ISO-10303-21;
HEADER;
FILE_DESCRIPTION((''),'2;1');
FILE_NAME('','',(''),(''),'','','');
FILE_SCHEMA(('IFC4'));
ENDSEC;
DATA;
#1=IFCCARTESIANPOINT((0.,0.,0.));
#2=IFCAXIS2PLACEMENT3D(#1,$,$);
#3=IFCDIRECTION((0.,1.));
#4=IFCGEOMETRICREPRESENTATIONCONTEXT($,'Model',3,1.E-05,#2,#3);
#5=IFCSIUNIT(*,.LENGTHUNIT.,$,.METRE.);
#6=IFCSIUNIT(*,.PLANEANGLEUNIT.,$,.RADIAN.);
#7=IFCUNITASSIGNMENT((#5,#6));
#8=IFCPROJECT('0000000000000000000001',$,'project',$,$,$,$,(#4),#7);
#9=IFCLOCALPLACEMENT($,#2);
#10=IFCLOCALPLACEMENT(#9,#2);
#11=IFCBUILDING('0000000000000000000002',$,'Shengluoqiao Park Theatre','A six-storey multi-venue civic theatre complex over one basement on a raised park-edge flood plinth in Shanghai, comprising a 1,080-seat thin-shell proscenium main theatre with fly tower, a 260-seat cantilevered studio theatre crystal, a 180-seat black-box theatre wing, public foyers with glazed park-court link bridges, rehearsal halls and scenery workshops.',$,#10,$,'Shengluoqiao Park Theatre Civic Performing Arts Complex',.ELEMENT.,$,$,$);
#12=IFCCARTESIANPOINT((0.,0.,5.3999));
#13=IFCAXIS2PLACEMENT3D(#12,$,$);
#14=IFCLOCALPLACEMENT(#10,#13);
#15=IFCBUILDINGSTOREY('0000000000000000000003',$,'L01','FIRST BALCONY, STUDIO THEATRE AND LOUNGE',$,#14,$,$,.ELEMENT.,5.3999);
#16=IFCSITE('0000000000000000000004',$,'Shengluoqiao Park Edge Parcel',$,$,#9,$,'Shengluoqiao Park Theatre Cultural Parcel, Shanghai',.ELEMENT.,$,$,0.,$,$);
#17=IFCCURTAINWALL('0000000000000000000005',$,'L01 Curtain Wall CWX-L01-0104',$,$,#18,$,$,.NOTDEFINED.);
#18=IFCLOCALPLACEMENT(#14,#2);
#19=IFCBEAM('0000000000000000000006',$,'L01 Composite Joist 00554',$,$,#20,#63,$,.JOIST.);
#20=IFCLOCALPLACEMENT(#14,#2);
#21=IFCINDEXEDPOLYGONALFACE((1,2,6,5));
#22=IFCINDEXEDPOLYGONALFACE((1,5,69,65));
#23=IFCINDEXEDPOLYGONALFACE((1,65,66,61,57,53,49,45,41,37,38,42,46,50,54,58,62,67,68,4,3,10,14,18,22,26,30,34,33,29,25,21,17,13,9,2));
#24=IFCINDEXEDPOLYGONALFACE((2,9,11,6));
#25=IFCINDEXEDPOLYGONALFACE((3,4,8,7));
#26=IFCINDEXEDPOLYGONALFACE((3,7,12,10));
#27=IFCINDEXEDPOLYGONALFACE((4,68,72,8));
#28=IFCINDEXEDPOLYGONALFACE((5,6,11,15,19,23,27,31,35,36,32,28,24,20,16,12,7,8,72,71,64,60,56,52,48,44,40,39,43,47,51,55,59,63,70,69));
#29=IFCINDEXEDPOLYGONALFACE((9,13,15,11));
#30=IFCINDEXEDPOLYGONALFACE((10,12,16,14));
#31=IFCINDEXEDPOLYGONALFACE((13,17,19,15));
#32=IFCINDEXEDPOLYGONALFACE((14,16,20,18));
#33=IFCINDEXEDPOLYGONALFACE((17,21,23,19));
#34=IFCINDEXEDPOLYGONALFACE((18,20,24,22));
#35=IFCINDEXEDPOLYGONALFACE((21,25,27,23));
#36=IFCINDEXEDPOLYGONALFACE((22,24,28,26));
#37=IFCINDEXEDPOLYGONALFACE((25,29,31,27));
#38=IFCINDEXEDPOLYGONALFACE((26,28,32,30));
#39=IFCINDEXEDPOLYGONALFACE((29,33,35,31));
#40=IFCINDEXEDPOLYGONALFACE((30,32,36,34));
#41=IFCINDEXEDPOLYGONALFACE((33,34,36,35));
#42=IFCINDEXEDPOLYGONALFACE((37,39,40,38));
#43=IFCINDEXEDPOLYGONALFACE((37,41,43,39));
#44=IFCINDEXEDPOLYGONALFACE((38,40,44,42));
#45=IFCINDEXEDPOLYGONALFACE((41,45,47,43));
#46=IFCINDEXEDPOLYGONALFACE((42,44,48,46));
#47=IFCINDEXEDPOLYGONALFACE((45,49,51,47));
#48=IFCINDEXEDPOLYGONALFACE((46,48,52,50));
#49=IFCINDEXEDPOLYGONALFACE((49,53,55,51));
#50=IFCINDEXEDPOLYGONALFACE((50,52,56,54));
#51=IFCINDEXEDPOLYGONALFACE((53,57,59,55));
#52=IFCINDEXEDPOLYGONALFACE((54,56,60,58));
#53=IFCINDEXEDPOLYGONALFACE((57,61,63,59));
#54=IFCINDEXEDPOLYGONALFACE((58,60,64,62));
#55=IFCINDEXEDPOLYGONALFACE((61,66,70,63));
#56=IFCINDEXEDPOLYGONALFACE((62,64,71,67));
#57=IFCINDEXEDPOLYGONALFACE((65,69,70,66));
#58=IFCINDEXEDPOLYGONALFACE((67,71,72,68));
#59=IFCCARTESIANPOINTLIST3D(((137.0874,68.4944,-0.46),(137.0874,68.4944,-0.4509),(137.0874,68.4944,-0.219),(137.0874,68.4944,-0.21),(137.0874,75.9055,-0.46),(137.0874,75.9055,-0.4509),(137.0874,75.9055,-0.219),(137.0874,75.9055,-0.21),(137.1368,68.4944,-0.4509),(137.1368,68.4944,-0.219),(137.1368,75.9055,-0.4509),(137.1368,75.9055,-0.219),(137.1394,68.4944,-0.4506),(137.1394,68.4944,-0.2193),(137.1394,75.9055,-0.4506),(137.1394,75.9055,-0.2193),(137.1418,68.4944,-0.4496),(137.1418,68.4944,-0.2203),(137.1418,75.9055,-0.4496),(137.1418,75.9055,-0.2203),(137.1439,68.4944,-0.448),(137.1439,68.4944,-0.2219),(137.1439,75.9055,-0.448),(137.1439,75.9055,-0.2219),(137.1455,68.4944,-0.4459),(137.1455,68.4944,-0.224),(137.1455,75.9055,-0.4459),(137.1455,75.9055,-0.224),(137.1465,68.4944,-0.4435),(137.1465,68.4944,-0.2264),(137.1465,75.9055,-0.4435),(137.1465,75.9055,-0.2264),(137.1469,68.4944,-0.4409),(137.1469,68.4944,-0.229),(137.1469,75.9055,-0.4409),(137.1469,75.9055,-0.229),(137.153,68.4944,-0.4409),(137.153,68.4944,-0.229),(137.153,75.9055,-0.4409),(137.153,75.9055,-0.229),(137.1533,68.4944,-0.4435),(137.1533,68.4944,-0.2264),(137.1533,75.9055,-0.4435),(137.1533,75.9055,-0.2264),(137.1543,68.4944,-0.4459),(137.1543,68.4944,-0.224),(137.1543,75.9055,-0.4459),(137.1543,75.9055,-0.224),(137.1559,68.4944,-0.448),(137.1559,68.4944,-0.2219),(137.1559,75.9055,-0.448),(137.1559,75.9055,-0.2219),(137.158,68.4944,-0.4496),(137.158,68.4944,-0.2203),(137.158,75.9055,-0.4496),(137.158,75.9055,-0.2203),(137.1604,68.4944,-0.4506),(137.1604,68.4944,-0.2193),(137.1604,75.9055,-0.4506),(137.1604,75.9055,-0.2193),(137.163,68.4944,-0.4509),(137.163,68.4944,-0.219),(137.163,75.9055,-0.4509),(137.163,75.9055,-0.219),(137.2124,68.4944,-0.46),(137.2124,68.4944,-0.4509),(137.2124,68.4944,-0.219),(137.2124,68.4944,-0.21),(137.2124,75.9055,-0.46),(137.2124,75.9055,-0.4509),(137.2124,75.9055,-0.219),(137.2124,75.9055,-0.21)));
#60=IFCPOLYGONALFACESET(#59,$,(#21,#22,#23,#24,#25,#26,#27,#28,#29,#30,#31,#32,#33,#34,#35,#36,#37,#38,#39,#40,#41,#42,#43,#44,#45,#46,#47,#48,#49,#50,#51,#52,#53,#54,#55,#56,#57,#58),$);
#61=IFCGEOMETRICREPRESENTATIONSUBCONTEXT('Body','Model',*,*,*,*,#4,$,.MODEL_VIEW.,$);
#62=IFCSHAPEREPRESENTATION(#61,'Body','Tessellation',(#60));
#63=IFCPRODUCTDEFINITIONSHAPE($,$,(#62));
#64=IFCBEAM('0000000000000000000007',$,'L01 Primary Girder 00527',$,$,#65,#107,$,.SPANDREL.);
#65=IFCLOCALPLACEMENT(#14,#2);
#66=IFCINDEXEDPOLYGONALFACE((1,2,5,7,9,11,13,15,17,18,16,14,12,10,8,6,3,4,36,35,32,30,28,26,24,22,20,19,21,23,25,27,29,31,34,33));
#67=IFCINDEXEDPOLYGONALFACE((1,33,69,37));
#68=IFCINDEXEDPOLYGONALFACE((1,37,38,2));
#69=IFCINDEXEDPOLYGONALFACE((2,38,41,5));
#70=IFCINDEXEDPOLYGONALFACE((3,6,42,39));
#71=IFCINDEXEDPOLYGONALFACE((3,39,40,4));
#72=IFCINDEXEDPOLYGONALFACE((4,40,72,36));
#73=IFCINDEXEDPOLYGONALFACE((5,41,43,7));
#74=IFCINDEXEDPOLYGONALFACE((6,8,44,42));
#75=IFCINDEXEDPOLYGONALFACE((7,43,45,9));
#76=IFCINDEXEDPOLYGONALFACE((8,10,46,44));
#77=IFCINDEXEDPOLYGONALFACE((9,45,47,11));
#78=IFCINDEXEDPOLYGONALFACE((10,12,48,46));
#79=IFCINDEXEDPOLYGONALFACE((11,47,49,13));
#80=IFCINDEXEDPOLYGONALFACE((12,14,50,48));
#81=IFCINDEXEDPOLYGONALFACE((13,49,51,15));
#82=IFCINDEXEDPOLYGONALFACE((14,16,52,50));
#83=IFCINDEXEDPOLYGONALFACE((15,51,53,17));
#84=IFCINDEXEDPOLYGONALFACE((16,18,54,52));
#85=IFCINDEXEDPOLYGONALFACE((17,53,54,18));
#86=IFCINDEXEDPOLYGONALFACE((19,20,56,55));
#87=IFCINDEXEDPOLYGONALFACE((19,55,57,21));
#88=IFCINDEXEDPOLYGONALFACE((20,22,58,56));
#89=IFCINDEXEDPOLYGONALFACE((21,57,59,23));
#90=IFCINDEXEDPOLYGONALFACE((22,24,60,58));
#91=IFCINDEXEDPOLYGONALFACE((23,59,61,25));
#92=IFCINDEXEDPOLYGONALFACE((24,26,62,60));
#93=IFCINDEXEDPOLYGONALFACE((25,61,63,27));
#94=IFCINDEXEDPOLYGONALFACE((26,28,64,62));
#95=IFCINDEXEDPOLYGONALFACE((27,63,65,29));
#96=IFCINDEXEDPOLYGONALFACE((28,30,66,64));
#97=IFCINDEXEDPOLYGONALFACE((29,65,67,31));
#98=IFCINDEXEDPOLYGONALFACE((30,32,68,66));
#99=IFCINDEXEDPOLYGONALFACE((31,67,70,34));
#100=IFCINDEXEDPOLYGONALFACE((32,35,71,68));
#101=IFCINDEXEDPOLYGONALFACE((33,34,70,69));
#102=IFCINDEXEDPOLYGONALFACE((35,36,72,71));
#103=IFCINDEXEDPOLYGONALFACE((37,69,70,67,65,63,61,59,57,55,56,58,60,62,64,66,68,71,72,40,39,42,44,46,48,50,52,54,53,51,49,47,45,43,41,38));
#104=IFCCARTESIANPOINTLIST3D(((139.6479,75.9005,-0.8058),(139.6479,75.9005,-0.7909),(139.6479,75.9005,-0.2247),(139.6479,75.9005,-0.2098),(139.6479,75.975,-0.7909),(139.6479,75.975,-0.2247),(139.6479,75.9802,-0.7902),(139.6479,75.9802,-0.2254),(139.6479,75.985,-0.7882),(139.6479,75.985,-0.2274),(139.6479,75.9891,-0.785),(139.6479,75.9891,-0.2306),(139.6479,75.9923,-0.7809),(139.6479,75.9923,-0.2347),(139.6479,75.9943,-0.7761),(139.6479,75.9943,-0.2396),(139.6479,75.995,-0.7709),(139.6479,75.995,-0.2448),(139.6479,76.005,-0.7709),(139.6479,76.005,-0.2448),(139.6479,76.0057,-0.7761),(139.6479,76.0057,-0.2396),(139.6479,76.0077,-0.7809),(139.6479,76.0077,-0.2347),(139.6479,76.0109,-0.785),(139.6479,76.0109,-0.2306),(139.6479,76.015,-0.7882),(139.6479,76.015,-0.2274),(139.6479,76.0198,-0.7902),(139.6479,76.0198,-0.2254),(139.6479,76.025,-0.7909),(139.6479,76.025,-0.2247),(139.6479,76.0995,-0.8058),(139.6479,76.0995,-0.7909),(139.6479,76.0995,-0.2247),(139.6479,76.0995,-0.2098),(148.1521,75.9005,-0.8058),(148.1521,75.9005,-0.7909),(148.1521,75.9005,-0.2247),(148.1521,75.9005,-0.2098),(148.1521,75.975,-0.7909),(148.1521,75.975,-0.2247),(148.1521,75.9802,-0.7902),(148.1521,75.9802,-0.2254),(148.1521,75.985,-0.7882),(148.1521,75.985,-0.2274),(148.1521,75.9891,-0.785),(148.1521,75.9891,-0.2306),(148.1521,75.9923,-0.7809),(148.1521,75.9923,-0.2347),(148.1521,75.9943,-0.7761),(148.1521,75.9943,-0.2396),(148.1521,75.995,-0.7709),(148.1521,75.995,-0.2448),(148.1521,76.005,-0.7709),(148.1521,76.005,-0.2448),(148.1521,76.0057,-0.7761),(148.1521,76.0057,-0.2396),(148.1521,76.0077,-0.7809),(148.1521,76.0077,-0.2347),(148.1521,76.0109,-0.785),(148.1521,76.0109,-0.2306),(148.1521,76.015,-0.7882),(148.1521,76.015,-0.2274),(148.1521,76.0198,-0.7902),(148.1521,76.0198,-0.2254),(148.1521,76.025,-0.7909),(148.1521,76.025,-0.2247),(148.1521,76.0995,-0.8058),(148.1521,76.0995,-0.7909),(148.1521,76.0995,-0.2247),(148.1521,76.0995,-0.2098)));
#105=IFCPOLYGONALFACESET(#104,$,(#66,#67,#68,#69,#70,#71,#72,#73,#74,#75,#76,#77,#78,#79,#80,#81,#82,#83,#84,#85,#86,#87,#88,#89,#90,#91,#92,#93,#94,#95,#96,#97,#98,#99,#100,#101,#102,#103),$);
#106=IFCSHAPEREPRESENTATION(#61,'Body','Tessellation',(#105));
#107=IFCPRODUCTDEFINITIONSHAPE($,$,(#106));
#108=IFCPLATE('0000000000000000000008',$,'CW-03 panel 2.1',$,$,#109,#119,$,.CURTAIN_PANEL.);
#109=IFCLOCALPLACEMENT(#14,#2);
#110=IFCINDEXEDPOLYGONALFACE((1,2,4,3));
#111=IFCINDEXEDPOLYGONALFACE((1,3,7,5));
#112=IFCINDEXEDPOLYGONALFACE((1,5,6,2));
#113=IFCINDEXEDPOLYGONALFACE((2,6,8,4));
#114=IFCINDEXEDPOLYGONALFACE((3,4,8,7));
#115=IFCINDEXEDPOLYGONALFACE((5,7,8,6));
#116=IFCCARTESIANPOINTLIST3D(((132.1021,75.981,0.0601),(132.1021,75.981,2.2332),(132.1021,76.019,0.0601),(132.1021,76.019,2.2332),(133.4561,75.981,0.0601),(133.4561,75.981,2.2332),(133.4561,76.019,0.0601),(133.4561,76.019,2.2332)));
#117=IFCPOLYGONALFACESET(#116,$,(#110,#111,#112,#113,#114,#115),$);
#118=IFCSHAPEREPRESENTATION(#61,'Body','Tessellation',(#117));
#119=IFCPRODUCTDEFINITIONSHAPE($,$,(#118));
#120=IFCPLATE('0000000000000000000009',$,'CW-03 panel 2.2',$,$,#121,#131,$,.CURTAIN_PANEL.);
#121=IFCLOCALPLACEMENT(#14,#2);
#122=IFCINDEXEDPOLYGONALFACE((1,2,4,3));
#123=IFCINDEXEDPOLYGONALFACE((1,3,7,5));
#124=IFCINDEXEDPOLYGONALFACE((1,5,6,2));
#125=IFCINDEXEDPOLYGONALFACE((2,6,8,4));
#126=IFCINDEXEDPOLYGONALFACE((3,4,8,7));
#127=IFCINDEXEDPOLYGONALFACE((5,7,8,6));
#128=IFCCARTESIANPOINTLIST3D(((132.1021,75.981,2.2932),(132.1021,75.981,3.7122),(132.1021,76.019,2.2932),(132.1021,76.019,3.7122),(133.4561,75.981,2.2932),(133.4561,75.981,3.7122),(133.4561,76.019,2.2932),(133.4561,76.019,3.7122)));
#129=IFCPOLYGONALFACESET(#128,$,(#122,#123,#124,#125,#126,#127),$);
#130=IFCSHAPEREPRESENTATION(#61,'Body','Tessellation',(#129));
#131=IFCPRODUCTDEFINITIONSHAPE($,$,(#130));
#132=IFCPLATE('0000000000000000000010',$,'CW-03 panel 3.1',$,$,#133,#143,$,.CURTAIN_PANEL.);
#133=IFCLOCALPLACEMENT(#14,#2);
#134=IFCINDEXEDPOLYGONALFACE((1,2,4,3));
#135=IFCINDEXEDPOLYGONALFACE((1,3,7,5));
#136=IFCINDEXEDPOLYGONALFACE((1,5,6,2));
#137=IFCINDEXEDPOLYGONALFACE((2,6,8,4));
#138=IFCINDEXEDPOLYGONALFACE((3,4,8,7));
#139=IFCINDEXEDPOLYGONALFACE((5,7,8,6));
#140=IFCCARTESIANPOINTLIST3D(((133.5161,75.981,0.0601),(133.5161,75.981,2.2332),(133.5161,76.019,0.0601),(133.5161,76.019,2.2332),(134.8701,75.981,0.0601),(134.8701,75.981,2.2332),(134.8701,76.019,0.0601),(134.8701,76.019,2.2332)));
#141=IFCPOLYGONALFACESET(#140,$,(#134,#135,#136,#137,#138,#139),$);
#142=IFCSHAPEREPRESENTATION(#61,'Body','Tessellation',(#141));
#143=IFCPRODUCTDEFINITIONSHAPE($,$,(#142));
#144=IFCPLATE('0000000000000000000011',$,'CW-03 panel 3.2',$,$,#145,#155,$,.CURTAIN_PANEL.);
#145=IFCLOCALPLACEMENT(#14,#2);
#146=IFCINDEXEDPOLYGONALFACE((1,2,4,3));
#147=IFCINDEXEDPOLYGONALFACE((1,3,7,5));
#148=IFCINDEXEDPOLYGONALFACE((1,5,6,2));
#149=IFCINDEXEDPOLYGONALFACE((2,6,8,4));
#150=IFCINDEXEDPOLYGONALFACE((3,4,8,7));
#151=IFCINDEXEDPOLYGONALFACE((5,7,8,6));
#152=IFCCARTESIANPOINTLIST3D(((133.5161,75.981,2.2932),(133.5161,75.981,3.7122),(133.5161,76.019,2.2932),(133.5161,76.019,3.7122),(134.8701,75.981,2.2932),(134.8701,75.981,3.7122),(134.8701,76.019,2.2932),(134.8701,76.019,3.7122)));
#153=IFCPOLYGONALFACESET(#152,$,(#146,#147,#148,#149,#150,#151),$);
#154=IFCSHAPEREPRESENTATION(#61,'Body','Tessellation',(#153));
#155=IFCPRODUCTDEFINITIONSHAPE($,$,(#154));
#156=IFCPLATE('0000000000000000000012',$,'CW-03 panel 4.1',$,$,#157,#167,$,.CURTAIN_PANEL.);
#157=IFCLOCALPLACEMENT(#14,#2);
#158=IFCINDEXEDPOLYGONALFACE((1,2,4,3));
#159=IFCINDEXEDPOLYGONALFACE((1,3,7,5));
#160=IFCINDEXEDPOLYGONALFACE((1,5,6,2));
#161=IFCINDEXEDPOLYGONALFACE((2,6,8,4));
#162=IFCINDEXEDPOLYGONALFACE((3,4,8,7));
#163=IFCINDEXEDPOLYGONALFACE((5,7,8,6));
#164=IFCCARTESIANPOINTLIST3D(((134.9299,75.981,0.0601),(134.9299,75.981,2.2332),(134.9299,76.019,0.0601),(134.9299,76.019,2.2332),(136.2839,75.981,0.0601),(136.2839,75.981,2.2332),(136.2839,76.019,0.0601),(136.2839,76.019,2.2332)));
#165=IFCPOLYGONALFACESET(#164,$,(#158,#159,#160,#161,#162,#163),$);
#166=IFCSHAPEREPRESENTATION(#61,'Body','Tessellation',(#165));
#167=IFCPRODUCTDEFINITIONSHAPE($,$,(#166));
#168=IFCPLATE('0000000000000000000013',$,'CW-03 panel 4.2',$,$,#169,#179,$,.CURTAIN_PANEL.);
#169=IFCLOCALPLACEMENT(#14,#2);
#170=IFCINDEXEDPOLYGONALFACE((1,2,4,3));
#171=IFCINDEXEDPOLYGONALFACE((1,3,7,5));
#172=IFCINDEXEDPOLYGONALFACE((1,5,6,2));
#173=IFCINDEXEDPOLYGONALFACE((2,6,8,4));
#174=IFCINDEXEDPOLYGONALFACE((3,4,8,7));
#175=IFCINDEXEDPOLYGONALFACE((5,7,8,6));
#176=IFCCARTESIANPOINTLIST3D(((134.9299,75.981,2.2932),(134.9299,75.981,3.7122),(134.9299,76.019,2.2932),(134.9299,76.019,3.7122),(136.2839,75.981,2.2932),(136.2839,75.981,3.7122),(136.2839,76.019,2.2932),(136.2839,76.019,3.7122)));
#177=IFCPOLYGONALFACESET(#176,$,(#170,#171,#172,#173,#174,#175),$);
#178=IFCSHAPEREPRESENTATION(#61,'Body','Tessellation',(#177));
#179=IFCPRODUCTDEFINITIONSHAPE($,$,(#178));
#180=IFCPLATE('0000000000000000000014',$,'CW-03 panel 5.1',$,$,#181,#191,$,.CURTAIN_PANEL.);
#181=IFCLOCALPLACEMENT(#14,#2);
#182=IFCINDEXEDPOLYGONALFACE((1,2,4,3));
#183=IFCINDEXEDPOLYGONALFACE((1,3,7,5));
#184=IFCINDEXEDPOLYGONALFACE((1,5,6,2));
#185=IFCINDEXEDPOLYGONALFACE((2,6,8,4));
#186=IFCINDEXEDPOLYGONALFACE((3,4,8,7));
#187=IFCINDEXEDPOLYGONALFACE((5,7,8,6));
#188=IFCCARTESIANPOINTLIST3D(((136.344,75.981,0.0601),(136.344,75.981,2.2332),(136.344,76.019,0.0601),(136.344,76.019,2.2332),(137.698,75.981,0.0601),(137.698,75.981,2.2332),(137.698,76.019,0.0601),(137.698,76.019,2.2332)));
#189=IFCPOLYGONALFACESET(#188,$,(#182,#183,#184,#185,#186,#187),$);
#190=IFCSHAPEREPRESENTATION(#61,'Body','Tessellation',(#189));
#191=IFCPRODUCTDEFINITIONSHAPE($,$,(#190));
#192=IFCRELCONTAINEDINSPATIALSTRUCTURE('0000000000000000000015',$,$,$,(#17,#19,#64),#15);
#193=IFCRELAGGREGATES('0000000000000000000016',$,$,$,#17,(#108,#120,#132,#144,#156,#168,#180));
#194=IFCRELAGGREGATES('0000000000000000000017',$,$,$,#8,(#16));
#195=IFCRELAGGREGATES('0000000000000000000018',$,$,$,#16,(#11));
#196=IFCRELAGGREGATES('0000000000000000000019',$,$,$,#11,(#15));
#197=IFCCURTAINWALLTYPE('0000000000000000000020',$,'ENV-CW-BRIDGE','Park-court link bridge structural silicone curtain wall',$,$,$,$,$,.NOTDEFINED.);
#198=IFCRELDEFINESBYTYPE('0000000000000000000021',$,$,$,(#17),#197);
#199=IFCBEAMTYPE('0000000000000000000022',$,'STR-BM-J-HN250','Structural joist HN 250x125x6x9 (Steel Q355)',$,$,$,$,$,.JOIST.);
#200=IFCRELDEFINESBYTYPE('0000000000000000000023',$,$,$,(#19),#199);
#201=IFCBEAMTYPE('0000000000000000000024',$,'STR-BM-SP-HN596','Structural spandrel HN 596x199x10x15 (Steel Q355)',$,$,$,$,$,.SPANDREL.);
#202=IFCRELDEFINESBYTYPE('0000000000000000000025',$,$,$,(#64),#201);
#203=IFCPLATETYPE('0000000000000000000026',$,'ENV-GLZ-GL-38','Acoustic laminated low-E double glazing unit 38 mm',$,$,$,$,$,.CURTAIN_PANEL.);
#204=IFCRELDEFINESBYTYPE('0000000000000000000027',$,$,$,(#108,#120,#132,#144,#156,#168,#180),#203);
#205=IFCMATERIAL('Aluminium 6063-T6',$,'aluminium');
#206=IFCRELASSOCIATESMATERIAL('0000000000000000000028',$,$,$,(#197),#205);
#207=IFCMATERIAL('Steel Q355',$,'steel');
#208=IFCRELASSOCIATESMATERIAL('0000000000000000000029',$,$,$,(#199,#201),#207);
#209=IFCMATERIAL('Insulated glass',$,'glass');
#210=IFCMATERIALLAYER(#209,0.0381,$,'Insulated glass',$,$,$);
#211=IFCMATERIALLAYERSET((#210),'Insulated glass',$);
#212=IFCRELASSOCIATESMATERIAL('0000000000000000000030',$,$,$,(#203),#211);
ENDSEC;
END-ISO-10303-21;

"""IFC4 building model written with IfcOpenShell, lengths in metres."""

from ifc_helpers import new_model, si_unit, direction, frame, origin, origin_2d, place, context, subcontext, project, spatial, rectangle, i_section, extrude, material, layer, layer_set, material_profile, profile_set, type_object, element, aggregate, save


model = new_model("IFC4")

# Units and contexts
model_context = context("Model", 3, precision=1e-05, world=origin(), true_north=direction((0.0, 1.0)))
body_context = subcontext(model_context, "Body", "Model", "MODEL_VIEW")
ifc_project = project(units=[si_unit("LENGTHUNIT", "METRE"), si_unit("PLANEANGLEUNIT", "RADIAN")], contexts=[model_context])

# Site, building, storey
site_placement = place(None, origin())
site = spatial("IfcSite", under=ifc_project, at=site_placement, Name="Shengluoqiao Park Edge Parcel", LongName="Shengluoqiao Park Theatre Cultural Parcel, Shanghai", CompositionType="ELEMENT", RefElevation=0.0)
building_placement = place(site_placement, origin())
building = spatial("IfcBuilding", under=site, at=building_placement, Name="Shengluoqiao Park Theatre", Description="A six-storey multi-venue civic theatre complex over one basement on a raised park-edge flood plinth in Shanghai, comprising a 1,080-seat thin-shell proscenium main theatre with fly tower, a 260-seat cantilevered studio theatre crystal, a 180-seat black-box theatre wing, public foyers with glazed park-court link bridges, rehearsal halls and scenery workshops.", LongName="Shengluoqiao Park Theatre Civic Performing Arts Complex", CompositionType="ELEMENT")
storey_placement = place(building_placement, frame((0.0, 0.0, 5.3999)))
storey = spatial("IfcBuildingStorey", under=building, at=storey_placement, Name="L01", Description="FIRST BALCONY, STUDIO THEATRE AND LOUNGE", CompositionType="ELEMENT", Elevation=5.3999)

# Curtain wall
ifc_material_1 = material(Name="Aluminium 6063-T6", Category="aluminium")
curtain_wall_type = type_object("IfcCurtainWallType", Name="ENV-CW-BRIDGE", Description="Park-court link bridge structural silicone curtain wall", PredefinedType="NOTDEFINED", material=ifc_material_1)
curtain_wall_placement = place(storey_placement, origin())
curtain_wall = element("IfcCurtainWall", 1, at=curtain_wall_placement, inside=storey, type_object=curtain_wall_type, Name="L01 Curtain Wall CWX-L01-0104", PredefinedType="NOTDEFINED")

# Beams
ifc_material_2 = material(Name="Steel Q355", Category="steel")
ifc_material_profile_1 = material_profile(ifc_material_2, i_section(OverallWidth=0.125, OverallDepth=0.25, WebThickness=0.0061, FlangeThickness=0.009, FilletRadius=0.01, at=origin_2d()), Name="HN 250x125x6x9")
ifc_profile_set_1 = profile_set([ifc_material_profile_1], Name="Steel Q355")
beam_type_1 = type_object("IfcBeamType", Name="STR-BM-J-HN250", Description="Structural joist HN 250x125x6x9 (Steel Q355)", PredefinedType="JOIST", material=ifc_profile_set_1)
beam_1_placement = place(storey_placement, frame((137.1499, 68.4944, -0.335), z_axis=(0.0, 1.0, 0.0), x_axis=(-1.0, 0.0, 0.0)))
element("IfcBeam", 2, at=beam_1_placement, inside=storey, type_object=beam_type_1, Name="L01 Composite Joist 00554", PredefinedType="JOIST", context=body_context, shape_type="SweptSolid", body=[
    extrude(i_section(OverallWidth=0.125, OverallDepth=0.25, WebThickness=0.0061, FlangeThickness=0.009, FilletRadius=0.01, at=origin_2d()), origin(), (0.0, 0.0, 1.0), 7.4111),
])
ifc_material_profile_2 = material_profile(ifc_material_2, i_section(OverallWidth=0.199, OverallDepth=0.5959, WebThickness=0.01, FlangeThickness=0.0149, FilletRadius=0.02, at=origin_2d()), Name="HN 596x199x10x15")
ifc_profile_set_2 = profile_set([ifc_material_profile_2], Name="Steel Q355")
beam_type_2 = type_object("IfcBeamType", Name="STR-BM-SP-HN596", Description="Structural spandrel HN 596x199x10x15 (Steel Q355)", PredefinedType="SPANDREL", material=ifc_profile_set_2)
beam_2_placement = place(storey_placement, frame((139.6479, 76.0, -0.5078), z_axis=(1.0, 0.0, 0.0), x_axis=(0.0, 1.0, 0.0)))
element("IfcBeam", 3, at=beam_2_placement, inside=storey, type_object=beam_type_2, Name="L01 Primary Girder 00527", PredefinedType="SPANDREL", context=body_context, shape_type="SweptSolid", body=[
    extrude(i_section(OverallWidth=0.199, OverallDepth=0.5959, WebThickness=0.01, FlangeThickness=0.0149, FilletRadius=0.02, at=origin_2d()), origin(), (0.0, 0.0, 1.0), 8.5042),
])

# Plates
ifc_material_3 = material(Name="Insulated glass", Category="glass")
ifc_layer = layer(ifc_material_3, 0.0381, Name="Insulated glass")
ifc_layer_set = layer_set([ifc_layer], Name="Insulated glass")
plate_type = type_object("IfcPlateType", Name="ENV-GLZ-GL-38", Description="Acoustic laminated low-E double glazing unit 38 mm", PredefinedType="CURTAIN_PANEL", material=ifc_layer_set)
plate_1_placement = place(storey_placement, frame((132.7791, 76.0, 0.0601), z_axis=(0.0, 0.0, 1.0), x_axis=(1.0, 0.0, 0.0)))
plate_1 = element("IfcPlate", 4, at=plate_1_placement, type_object=plate_type, Name="CW-03 panel 2.1", PredefinedType="CURTAIN_PANEL", context=body_context, shape_type="SweptSolid", body=[
    extrude(rectangle(XDim=1.354, YDim=0.0381, at=origin_2d()), origin(), (0.0, 0.0, 1.0), 2.1731),
])
plate_2_placement = place(storey_placement, frame((132.7791, 76.0, 2.2932), z_axis=(0.0, 0.0, 1.0), x_axis=(1.0, 0.0, 0.0)))
plate_2 = element("IfcPlate", 5, at=plate_2_placement, type_object=plate_type, Name="CW-03 panel 2.2", PredefinedType="CURTAIN_PANEL", context=body_context, shape_type="SweptSolid", body=[
    extrude(rectangle(XDim=1.354, YDim=0.0381, at=origin_2d()), origin(), (0.0, 0.0, 1.0), 1.4189),
])
plate_3_placement = place(storey_placement, frame((134.1931, 76.0, 0.0601), z_axis=(0.0, 0.0, 1.0), x_axis=(1.0, 0.0, 0.0)))
plate_3 = element("IfcPlate", 6, at=plate_3_placement, type_object=plate_type, Name="CW-03 panel 3.1", PredefinedType="CURTAIN_PANEL", context=body_context, shape_type="SweptSolid", body=[
    extrude(rectangle(XDim=1.354, YDim=0.0381, at=origin_2d()), origin(), (0.0, 0.0, 1.0), 2.1731),
])
plate_4_placement = place(storey_placement, frame((134.1931, 76.0, 2.2932), z_axis=(0.0, 0.0, 1.0), x_axis=(1.0, 0.0, 0.0)))
plate_4 = element("IfcPlate", 7, at=plate_4_placement, type_object=plate_type, Name="CW-03 panel 3.2", PredefinedType="CURTAIN_PANEL", context=body_context, shape_type="SweptSolid", body=[
    extrude(rectangle(XDim=1.354, YDim=0.0381, at=origin_2d()), origin(), (0.0, 0.0, 1.0), 1.4189),
])
plate_5_placement = place(storey_placement, frame((135.6069, 76.0, 0.0601), z_axis=(0.0, 0.0, 1.0), x_axis=(1.0, 0.0, 0.0)))
plate_5 = element("IfcPlate", 8, at=plate_5_placement, type_object=plate_type, Name="CW-03 panel 4.1", PredefinedType="CURTAIN_PANEL", context=body_context, shape_type="SweptSolid", body=[
    extrude(rectangle(XDim=1.354, YDim=0.0381, at=origin_2d()), origin(), (0.0, 0.0, 1.0), 2.1731),
])
plate_6_placement = place(storey_placement, frame((135.6069, 76.0, 2.2932), z_axis=(0.0, 0.0, 1.0), x_axis=(1.0, 0.0, 0.0)))
plate_6 = element("IfcPlate", 9, at=plate_6_placement, type_object=plate_type, Name="CW-03 panel 4.2", PredefinedType="CURTAIN_PANEL", context=body_context, shape_type="SweptSolid", body=[
    extrude(rectangle(XDim=1.354, YDim=0.0381, at=origin_2d()), origin(), (0.0, 0.0, 1.0), 1.4189),
])
plate_7_placement = place(storey_placement, frame((137.021, 76.0, 0.0601), z_axis=(0.0, 0.0, 1.0), x_axis=(1.0, 0.0, 0.0)))
plate_7 = element("IfcPlate", 10, at=plate_7_placement, type_object=plate_type, Name="CW-03 panel 5.1", PredefinedType="CURTAIN_PANEL", context=body_context, shape_type="SweptSolid", body=[
    extrude(rectangle(XDim=1.354, YDim=0.0381, at=origin_2d()), origin(), (0.0, 0.0, 1.0), 2.1731),
])
aggregate(curtain_wall, [plate_1, plate_2, plate_3, plate_4, plate_5, plate_6, plate_7])

save(model, "model.ifc")
